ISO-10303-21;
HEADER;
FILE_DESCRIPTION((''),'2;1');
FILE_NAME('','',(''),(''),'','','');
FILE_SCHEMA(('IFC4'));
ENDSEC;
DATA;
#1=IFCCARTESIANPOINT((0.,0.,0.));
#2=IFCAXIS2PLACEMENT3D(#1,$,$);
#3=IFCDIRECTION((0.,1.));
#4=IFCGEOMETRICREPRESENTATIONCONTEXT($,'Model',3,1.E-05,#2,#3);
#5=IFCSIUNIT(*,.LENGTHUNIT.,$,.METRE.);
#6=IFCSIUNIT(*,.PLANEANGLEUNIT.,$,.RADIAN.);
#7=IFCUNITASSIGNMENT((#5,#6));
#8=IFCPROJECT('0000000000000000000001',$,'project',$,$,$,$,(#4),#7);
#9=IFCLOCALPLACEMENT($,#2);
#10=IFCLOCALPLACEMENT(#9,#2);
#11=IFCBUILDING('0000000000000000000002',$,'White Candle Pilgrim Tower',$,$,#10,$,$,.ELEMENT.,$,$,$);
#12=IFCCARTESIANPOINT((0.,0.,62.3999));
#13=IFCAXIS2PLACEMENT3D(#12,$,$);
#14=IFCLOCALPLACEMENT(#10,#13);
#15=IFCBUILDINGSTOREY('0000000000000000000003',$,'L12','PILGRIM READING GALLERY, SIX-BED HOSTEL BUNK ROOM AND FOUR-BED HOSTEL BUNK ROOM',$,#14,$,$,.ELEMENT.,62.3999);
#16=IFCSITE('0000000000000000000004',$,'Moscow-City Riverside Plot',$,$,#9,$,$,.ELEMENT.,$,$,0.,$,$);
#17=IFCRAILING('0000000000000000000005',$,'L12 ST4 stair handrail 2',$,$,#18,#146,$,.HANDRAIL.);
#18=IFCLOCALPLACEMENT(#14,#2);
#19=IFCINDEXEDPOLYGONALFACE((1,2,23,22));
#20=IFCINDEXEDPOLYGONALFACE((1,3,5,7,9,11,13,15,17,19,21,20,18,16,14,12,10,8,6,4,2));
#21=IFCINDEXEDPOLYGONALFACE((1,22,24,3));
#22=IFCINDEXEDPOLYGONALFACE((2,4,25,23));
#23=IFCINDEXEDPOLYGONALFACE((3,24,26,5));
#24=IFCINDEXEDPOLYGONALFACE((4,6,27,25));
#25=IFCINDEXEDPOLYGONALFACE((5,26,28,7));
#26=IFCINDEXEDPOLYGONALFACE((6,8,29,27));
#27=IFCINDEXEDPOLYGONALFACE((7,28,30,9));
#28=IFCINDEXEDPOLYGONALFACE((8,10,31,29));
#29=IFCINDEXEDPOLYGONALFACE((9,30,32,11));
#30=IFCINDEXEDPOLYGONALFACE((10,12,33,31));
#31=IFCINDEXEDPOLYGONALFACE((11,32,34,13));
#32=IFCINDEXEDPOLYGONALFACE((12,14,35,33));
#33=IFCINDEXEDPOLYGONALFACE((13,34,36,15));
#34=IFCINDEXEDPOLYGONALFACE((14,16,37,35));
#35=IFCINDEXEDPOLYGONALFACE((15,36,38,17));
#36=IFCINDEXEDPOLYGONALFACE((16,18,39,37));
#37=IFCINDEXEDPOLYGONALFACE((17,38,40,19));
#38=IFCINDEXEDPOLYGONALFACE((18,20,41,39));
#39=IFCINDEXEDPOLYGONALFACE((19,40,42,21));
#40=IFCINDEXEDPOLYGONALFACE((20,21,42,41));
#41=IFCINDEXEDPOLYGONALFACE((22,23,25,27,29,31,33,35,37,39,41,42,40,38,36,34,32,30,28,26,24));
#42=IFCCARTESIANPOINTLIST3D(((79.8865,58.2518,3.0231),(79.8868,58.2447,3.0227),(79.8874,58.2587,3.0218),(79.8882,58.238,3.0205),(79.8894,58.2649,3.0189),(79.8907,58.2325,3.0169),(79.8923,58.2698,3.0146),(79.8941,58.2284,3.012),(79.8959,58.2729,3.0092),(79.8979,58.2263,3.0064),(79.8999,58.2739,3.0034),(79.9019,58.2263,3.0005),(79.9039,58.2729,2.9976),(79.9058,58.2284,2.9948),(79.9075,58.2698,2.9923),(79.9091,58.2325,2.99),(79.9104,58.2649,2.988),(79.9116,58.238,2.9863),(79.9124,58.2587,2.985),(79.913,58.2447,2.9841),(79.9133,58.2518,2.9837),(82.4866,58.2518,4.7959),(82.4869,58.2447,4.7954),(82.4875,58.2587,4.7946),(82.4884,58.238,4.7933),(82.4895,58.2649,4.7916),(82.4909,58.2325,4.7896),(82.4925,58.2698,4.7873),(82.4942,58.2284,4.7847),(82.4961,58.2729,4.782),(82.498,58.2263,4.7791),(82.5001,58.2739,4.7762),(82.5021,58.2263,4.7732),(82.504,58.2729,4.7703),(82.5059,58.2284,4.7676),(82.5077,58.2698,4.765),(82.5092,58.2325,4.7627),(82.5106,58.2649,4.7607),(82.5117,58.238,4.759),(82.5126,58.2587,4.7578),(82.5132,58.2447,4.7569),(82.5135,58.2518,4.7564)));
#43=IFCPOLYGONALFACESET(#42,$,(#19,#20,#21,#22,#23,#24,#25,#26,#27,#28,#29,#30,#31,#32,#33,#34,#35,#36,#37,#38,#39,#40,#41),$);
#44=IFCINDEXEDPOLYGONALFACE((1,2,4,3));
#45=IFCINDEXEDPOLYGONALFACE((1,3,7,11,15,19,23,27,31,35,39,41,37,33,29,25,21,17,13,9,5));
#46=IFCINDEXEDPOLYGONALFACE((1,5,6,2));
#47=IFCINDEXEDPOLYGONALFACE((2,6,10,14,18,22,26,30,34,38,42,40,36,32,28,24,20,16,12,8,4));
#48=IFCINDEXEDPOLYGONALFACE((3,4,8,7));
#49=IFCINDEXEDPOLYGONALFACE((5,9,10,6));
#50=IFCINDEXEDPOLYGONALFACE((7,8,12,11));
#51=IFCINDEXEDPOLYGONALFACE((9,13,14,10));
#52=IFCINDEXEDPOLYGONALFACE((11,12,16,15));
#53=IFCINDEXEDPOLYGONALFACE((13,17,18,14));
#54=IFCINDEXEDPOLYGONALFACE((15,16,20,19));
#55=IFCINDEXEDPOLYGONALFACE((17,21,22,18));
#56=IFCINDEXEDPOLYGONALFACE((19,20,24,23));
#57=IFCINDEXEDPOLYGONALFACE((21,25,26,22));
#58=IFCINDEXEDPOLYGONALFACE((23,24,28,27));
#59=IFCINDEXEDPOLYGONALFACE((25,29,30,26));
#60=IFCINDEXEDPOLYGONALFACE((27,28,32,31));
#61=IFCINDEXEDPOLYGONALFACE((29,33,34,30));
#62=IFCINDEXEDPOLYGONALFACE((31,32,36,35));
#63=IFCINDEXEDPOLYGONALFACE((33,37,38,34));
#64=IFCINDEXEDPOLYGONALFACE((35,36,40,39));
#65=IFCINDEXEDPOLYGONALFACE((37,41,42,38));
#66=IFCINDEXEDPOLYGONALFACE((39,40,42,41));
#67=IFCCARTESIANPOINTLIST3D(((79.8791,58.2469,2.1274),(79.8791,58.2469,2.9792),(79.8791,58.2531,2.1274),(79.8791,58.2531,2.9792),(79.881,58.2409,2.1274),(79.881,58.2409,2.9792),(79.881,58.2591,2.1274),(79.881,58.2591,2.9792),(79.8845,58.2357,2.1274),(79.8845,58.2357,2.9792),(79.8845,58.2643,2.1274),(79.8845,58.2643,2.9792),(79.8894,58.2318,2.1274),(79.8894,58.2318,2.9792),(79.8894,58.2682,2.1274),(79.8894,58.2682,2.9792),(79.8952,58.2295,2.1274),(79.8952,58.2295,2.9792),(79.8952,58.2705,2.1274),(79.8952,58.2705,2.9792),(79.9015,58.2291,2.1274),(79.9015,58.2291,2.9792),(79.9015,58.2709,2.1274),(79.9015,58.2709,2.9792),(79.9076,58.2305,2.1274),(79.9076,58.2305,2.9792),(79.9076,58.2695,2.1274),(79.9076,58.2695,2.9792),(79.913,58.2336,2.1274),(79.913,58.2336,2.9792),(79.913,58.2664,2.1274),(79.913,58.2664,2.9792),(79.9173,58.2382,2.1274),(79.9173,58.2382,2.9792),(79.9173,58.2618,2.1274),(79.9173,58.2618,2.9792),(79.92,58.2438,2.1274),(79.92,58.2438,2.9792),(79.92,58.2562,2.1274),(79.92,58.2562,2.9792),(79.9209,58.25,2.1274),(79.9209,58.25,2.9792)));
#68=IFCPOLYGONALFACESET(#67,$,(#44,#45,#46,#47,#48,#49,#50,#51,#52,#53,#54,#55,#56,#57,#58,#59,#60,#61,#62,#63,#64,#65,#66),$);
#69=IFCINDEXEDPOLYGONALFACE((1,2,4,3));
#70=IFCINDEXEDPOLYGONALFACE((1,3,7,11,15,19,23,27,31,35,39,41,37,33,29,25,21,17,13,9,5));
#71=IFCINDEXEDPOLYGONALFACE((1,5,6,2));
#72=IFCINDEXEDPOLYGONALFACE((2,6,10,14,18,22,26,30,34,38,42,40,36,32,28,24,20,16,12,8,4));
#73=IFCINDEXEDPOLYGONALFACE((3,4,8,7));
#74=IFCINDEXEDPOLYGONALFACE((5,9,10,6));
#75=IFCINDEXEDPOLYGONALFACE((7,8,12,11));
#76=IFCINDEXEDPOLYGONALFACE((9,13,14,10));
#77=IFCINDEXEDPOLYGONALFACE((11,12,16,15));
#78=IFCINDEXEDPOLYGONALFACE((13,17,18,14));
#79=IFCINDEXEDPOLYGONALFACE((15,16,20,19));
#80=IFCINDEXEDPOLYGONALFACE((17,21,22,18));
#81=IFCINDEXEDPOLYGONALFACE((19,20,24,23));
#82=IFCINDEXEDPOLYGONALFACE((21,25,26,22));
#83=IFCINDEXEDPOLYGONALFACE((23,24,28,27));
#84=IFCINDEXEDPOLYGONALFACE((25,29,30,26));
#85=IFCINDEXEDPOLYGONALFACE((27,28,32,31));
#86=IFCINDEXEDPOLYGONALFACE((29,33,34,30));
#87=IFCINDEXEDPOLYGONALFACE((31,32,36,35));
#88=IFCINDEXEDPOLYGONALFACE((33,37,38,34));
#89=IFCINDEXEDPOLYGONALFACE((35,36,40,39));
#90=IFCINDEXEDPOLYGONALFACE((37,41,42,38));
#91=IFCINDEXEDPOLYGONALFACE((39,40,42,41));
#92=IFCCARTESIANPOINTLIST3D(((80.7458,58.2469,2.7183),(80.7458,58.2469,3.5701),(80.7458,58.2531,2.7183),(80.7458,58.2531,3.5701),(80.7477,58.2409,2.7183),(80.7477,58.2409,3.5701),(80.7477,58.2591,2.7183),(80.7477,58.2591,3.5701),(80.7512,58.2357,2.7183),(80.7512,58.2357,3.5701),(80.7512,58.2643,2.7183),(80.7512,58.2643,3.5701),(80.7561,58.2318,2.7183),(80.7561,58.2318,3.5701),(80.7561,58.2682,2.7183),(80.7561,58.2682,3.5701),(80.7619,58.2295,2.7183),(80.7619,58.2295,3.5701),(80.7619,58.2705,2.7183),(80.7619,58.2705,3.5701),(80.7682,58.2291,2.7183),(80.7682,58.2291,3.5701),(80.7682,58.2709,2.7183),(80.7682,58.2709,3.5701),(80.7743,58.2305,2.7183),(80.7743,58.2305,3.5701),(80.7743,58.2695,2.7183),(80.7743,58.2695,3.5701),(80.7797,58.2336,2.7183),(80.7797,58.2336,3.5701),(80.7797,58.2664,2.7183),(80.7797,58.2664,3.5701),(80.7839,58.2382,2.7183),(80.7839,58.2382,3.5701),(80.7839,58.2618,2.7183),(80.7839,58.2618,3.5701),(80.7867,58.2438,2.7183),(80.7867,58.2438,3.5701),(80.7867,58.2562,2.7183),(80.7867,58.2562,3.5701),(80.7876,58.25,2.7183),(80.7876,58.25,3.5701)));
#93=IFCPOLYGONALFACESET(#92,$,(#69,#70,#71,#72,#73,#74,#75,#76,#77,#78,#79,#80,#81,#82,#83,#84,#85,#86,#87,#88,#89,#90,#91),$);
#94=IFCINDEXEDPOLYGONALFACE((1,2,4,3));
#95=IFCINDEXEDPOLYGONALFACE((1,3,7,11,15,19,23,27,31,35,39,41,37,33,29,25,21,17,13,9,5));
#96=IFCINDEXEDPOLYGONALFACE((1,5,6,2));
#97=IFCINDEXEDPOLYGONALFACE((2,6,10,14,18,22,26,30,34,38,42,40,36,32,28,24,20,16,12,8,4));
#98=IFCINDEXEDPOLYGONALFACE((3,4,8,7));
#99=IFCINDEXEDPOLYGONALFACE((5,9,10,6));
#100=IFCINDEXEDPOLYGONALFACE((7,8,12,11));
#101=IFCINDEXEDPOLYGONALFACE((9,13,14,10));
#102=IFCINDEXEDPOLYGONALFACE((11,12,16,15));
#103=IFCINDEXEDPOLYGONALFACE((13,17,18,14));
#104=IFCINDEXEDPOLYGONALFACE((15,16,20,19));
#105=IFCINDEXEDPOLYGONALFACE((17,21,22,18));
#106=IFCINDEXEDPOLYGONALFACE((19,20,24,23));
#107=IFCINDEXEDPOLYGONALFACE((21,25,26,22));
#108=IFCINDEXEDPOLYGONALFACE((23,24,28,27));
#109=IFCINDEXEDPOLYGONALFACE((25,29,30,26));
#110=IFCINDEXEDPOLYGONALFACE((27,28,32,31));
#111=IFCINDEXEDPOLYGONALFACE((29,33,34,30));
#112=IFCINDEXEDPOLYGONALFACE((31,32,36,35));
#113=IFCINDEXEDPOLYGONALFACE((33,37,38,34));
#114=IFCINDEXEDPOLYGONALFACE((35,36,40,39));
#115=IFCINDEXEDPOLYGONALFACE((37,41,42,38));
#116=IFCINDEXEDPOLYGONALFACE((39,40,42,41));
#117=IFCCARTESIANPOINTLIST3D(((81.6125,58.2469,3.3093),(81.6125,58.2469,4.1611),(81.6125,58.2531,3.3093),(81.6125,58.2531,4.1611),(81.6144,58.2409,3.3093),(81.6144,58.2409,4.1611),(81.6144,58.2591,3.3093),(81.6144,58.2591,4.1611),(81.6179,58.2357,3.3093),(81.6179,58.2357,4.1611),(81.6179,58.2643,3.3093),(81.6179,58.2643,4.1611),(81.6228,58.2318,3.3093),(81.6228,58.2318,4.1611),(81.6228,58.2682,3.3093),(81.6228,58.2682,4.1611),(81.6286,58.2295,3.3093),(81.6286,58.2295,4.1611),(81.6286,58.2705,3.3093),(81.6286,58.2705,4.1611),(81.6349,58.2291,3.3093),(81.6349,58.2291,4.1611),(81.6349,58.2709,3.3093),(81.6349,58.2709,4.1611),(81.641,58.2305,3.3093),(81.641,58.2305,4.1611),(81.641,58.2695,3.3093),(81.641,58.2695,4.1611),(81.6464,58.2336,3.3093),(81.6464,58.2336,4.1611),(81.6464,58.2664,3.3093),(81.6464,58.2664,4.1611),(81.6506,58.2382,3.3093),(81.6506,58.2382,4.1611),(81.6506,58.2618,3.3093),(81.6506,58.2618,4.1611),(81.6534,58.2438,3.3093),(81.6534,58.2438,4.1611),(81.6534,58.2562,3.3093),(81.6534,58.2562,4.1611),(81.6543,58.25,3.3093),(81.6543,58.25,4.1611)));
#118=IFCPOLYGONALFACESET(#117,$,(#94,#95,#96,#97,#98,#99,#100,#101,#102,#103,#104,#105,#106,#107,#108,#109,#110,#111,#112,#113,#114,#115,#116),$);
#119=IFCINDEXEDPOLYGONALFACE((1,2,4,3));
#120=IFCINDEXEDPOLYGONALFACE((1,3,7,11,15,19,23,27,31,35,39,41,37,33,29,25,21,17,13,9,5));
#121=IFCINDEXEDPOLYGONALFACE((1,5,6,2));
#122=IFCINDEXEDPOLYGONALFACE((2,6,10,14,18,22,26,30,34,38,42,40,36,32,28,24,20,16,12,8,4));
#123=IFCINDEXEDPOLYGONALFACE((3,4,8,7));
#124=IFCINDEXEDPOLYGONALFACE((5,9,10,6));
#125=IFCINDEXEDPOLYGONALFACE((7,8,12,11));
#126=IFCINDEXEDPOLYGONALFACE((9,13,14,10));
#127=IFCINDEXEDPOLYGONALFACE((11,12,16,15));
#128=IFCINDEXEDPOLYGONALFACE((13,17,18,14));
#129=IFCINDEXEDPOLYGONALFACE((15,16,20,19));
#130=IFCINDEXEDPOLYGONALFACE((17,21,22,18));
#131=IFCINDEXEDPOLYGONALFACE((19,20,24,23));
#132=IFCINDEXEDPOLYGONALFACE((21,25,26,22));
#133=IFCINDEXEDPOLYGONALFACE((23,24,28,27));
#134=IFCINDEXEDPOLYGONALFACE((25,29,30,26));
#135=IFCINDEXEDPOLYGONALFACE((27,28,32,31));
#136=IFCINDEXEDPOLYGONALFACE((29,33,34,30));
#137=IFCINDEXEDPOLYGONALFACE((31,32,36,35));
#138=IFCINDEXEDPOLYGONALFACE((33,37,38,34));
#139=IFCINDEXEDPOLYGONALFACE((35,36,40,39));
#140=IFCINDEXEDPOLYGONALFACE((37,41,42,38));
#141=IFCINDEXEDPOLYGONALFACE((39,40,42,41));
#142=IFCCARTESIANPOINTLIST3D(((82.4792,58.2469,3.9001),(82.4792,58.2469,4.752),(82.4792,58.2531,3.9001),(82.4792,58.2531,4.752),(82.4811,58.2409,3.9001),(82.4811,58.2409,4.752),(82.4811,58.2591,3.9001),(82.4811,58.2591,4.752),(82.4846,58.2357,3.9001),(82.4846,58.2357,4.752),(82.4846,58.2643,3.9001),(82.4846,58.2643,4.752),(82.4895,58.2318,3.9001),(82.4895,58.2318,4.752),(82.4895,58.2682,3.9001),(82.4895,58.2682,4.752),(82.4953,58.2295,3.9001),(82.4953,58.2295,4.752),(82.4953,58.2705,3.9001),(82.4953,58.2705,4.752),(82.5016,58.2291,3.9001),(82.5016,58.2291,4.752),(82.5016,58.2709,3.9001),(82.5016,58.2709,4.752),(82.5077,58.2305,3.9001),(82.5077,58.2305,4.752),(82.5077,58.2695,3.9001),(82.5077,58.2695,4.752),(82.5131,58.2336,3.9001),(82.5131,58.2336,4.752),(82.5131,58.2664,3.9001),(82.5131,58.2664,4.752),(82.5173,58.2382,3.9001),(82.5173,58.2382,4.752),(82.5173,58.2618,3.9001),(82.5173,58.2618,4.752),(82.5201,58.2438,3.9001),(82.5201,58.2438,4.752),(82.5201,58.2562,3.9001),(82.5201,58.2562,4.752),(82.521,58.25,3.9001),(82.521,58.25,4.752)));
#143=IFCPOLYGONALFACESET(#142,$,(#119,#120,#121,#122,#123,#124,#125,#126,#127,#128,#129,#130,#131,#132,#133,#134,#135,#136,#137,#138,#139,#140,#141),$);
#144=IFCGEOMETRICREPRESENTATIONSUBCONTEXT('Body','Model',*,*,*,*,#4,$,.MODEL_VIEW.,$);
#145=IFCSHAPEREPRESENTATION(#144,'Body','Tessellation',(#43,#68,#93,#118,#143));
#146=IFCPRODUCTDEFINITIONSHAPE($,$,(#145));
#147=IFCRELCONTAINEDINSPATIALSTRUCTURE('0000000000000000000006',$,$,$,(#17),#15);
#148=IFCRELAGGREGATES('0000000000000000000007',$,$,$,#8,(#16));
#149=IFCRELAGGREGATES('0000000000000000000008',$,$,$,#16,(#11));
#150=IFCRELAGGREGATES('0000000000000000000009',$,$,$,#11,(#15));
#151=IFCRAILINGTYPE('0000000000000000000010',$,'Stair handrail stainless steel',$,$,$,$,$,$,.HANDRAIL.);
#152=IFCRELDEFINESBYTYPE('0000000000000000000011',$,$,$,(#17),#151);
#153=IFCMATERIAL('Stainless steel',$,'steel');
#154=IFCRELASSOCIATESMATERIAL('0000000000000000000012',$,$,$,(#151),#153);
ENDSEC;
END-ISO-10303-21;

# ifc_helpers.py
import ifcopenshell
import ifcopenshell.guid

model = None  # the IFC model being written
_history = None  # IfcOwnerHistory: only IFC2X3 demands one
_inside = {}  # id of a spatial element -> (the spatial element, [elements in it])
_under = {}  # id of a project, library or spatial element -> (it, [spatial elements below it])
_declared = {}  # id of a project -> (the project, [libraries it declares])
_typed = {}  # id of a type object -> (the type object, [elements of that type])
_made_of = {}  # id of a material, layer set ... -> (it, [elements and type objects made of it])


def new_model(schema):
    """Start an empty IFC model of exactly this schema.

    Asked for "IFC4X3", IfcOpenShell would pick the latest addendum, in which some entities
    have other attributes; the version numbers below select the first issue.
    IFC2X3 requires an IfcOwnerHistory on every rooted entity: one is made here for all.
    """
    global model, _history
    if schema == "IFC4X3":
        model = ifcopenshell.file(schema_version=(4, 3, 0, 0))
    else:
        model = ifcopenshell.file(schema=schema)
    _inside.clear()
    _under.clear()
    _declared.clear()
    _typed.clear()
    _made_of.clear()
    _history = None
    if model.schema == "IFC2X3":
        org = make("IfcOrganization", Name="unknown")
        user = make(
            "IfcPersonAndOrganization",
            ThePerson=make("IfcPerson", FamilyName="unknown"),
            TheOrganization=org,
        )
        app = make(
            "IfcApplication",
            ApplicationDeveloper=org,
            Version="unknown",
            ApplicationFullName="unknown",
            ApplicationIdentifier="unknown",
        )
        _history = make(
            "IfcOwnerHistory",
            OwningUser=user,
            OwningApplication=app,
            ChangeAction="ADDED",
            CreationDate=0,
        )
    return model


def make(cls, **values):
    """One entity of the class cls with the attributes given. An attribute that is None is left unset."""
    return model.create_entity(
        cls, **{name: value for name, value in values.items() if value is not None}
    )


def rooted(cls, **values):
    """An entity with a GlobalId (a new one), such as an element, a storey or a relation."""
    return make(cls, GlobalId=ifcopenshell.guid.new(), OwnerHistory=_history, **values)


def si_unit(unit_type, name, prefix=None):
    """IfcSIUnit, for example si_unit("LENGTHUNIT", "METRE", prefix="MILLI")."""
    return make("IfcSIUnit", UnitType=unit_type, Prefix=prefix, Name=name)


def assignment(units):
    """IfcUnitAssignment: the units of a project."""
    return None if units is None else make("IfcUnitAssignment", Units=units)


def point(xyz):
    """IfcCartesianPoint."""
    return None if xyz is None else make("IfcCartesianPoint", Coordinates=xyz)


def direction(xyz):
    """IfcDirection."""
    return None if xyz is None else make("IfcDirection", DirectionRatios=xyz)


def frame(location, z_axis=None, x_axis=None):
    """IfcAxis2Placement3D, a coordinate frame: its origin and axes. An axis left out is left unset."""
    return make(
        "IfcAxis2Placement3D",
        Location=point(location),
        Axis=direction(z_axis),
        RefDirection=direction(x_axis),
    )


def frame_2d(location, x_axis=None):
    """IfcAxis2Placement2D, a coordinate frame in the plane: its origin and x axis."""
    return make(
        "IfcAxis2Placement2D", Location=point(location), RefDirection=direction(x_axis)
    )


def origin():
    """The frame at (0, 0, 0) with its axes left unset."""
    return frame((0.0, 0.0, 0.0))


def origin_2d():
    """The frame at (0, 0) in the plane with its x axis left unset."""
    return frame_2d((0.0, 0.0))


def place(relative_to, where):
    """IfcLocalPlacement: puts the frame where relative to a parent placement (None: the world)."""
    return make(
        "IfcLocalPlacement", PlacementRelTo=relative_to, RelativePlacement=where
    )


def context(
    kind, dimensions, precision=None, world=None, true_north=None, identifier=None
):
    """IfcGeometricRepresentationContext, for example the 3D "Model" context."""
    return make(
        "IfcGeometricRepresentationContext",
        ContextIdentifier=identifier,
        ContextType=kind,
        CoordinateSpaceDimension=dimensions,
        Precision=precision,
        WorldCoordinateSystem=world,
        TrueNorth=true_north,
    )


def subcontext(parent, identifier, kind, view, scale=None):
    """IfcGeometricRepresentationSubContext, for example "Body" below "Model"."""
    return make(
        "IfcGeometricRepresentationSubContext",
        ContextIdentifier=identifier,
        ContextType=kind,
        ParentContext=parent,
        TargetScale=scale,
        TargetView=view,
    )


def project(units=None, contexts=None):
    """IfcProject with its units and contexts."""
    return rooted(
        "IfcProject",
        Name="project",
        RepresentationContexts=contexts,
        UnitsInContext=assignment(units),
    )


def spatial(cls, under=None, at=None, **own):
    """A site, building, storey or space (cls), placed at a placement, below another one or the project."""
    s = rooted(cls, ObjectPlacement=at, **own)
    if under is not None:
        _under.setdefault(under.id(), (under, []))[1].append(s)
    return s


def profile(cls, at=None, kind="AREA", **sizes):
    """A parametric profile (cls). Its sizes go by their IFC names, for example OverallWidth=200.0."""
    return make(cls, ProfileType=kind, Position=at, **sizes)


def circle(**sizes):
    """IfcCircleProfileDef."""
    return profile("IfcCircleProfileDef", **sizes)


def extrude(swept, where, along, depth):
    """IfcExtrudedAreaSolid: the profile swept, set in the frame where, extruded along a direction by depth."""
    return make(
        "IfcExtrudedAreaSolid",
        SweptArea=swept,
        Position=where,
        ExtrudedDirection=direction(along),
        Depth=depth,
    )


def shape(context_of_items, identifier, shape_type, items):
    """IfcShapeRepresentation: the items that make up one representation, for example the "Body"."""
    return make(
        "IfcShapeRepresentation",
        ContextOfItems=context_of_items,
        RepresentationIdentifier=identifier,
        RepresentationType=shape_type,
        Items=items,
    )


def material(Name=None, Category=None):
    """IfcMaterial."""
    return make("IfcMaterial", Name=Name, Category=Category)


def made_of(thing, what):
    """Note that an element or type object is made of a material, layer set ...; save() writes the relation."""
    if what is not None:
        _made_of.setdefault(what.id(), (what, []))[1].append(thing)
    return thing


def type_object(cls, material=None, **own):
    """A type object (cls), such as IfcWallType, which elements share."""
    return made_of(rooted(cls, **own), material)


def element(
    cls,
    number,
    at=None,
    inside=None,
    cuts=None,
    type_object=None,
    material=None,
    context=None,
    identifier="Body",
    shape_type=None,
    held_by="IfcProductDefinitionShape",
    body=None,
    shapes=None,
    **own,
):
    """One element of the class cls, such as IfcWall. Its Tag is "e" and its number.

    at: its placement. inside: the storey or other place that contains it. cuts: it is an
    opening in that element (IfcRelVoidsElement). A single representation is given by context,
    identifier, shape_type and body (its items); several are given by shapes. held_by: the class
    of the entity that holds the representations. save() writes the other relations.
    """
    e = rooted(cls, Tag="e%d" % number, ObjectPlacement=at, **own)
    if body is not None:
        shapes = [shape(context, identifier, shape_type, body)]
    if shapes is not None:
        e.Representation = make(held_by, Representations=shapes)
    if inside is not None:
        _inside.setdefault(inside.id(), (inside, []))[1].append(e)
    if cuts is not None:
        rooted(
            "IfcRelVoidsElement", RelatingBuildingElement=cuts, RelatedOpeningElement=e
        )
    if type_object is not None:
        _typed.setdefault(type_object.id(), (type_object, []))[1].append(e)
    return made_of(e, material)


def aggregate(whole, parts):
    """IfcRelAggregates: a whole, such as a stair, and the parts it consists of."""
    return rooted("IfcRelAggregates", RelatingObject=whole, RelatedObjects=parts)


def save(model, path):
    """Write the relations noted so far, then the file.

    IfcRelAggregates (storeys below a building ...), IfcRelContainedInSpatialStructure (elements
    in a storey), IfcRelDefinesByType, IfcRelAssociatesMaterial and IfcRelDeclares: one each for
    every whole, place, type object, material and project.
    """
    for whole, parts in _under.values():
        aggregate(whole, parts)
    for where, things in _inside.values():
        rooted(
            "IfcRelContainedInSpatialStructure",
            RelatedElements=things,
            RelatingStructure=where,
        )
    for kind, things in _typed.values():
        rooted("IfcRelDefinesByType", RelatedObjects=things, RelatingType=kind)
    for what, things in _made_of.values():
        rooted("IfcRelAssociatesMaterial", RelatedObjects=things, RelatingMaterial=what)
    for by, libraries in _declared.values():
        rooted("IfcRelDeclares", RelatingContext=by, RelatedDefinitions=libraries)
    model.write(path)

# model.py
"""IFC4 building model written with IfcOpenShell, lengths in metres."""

from ifc_helpers import new_model, si_unit, direction, frame, origin, origin_2d, place, context, subcontext, project, spatial, circle, extrude, material, type_object, element, save


model = new_model("IFC4")

# Units and contexts
model_context = context("Model", 3, precision=1e-05, world=origin(), true_north=direction((0.0, 1.0)))
body_context = subcontext(model_context, "Body", "Model", "MODEL_VIEW")
ifc_project = project(units=[si_unit("LENGTHUNIT", "METRE"), si_unit("PLANEANGLEUNIT", "RADIAN")], contexts=[model_context])

# Site, building, storey
site_placement = place(None, origin())
site = spatial("IfcSite", under=ifc_project, at=site_placement, Name="Moscow-City Riverside Plot", CompositionType="ELEMENT", RefElevation=0.0)
building_placement = place(site_placement, origin())
building = spatial("IfcBuilding", under=site, at=building_placement, Name="White Candle Pilgrim Tower", CompositionType="ELEMENT")
storey_placement = place(building_placement, frame((0.0, 0.0, 62.3999)))
storey = spatial("IfcBuildingStorey", under=building, at=storey_placement, Name="L12", Description="PILGRIM READING GALLERY, SIX-BED HOSTEL BUNK ROOM AND FOUR-BED HOSTEL BUNK ROOM", CompositionType="ELEMENT", Elevation=62.3999)

# Railing
ifc_material_1 = material(Name="Stainless steel", Category="steel")
railing_type_1 = type_object("IfcRailingType", Name="Stair handrail stainless steel", PredefinedType="HANDRAIL", material=ifc_material_1)
railing_1_placement = place(storey_placement, frame((79.8999, 58.25, 2.1274)))
element("IfcRailing", 1, at=railing_1_placement, inside=storey, type_object=railing_type_1, Name="L12 ST4 stair handrail 2", PredefinedType="HANDRAIL", context=body_context, shape_type="SweptSolid", body=[
    extrude(circle(Radius=0.0239, at=origin_2d()), frame((0.0, 0.0, 0.876), z_axis=(0.82624, 0.0, 0.563318), x_axis=(0.0, 1.0, 0.0)), (0.0, 0.0, 1.0), 3.147),
    extrude(circle(Radius=0.021, at=origin_2d()), origin(), (0.0, 0.0, 1.0), 0.8518),
    extrude(circle(Radius=0.021, at=origin_2d()), frame((0.8667, 0.0, 0.5908)), (0.0, 0.0, 1.0), 0.8518),
    extrude(circle(Radius=0.021, at=origin_2d()), frame((1.7334, 0.0, 1.1819)), (0.0, 0.0, 1.0), 0.8518),
    extrude(circle(Radius=0.021, at=origin_2d()), frame((2.6001, 0.0, 1.7727)), (0.0, 0.0, 1.0), 0.8518),
])

save(model, "model.ifc")
